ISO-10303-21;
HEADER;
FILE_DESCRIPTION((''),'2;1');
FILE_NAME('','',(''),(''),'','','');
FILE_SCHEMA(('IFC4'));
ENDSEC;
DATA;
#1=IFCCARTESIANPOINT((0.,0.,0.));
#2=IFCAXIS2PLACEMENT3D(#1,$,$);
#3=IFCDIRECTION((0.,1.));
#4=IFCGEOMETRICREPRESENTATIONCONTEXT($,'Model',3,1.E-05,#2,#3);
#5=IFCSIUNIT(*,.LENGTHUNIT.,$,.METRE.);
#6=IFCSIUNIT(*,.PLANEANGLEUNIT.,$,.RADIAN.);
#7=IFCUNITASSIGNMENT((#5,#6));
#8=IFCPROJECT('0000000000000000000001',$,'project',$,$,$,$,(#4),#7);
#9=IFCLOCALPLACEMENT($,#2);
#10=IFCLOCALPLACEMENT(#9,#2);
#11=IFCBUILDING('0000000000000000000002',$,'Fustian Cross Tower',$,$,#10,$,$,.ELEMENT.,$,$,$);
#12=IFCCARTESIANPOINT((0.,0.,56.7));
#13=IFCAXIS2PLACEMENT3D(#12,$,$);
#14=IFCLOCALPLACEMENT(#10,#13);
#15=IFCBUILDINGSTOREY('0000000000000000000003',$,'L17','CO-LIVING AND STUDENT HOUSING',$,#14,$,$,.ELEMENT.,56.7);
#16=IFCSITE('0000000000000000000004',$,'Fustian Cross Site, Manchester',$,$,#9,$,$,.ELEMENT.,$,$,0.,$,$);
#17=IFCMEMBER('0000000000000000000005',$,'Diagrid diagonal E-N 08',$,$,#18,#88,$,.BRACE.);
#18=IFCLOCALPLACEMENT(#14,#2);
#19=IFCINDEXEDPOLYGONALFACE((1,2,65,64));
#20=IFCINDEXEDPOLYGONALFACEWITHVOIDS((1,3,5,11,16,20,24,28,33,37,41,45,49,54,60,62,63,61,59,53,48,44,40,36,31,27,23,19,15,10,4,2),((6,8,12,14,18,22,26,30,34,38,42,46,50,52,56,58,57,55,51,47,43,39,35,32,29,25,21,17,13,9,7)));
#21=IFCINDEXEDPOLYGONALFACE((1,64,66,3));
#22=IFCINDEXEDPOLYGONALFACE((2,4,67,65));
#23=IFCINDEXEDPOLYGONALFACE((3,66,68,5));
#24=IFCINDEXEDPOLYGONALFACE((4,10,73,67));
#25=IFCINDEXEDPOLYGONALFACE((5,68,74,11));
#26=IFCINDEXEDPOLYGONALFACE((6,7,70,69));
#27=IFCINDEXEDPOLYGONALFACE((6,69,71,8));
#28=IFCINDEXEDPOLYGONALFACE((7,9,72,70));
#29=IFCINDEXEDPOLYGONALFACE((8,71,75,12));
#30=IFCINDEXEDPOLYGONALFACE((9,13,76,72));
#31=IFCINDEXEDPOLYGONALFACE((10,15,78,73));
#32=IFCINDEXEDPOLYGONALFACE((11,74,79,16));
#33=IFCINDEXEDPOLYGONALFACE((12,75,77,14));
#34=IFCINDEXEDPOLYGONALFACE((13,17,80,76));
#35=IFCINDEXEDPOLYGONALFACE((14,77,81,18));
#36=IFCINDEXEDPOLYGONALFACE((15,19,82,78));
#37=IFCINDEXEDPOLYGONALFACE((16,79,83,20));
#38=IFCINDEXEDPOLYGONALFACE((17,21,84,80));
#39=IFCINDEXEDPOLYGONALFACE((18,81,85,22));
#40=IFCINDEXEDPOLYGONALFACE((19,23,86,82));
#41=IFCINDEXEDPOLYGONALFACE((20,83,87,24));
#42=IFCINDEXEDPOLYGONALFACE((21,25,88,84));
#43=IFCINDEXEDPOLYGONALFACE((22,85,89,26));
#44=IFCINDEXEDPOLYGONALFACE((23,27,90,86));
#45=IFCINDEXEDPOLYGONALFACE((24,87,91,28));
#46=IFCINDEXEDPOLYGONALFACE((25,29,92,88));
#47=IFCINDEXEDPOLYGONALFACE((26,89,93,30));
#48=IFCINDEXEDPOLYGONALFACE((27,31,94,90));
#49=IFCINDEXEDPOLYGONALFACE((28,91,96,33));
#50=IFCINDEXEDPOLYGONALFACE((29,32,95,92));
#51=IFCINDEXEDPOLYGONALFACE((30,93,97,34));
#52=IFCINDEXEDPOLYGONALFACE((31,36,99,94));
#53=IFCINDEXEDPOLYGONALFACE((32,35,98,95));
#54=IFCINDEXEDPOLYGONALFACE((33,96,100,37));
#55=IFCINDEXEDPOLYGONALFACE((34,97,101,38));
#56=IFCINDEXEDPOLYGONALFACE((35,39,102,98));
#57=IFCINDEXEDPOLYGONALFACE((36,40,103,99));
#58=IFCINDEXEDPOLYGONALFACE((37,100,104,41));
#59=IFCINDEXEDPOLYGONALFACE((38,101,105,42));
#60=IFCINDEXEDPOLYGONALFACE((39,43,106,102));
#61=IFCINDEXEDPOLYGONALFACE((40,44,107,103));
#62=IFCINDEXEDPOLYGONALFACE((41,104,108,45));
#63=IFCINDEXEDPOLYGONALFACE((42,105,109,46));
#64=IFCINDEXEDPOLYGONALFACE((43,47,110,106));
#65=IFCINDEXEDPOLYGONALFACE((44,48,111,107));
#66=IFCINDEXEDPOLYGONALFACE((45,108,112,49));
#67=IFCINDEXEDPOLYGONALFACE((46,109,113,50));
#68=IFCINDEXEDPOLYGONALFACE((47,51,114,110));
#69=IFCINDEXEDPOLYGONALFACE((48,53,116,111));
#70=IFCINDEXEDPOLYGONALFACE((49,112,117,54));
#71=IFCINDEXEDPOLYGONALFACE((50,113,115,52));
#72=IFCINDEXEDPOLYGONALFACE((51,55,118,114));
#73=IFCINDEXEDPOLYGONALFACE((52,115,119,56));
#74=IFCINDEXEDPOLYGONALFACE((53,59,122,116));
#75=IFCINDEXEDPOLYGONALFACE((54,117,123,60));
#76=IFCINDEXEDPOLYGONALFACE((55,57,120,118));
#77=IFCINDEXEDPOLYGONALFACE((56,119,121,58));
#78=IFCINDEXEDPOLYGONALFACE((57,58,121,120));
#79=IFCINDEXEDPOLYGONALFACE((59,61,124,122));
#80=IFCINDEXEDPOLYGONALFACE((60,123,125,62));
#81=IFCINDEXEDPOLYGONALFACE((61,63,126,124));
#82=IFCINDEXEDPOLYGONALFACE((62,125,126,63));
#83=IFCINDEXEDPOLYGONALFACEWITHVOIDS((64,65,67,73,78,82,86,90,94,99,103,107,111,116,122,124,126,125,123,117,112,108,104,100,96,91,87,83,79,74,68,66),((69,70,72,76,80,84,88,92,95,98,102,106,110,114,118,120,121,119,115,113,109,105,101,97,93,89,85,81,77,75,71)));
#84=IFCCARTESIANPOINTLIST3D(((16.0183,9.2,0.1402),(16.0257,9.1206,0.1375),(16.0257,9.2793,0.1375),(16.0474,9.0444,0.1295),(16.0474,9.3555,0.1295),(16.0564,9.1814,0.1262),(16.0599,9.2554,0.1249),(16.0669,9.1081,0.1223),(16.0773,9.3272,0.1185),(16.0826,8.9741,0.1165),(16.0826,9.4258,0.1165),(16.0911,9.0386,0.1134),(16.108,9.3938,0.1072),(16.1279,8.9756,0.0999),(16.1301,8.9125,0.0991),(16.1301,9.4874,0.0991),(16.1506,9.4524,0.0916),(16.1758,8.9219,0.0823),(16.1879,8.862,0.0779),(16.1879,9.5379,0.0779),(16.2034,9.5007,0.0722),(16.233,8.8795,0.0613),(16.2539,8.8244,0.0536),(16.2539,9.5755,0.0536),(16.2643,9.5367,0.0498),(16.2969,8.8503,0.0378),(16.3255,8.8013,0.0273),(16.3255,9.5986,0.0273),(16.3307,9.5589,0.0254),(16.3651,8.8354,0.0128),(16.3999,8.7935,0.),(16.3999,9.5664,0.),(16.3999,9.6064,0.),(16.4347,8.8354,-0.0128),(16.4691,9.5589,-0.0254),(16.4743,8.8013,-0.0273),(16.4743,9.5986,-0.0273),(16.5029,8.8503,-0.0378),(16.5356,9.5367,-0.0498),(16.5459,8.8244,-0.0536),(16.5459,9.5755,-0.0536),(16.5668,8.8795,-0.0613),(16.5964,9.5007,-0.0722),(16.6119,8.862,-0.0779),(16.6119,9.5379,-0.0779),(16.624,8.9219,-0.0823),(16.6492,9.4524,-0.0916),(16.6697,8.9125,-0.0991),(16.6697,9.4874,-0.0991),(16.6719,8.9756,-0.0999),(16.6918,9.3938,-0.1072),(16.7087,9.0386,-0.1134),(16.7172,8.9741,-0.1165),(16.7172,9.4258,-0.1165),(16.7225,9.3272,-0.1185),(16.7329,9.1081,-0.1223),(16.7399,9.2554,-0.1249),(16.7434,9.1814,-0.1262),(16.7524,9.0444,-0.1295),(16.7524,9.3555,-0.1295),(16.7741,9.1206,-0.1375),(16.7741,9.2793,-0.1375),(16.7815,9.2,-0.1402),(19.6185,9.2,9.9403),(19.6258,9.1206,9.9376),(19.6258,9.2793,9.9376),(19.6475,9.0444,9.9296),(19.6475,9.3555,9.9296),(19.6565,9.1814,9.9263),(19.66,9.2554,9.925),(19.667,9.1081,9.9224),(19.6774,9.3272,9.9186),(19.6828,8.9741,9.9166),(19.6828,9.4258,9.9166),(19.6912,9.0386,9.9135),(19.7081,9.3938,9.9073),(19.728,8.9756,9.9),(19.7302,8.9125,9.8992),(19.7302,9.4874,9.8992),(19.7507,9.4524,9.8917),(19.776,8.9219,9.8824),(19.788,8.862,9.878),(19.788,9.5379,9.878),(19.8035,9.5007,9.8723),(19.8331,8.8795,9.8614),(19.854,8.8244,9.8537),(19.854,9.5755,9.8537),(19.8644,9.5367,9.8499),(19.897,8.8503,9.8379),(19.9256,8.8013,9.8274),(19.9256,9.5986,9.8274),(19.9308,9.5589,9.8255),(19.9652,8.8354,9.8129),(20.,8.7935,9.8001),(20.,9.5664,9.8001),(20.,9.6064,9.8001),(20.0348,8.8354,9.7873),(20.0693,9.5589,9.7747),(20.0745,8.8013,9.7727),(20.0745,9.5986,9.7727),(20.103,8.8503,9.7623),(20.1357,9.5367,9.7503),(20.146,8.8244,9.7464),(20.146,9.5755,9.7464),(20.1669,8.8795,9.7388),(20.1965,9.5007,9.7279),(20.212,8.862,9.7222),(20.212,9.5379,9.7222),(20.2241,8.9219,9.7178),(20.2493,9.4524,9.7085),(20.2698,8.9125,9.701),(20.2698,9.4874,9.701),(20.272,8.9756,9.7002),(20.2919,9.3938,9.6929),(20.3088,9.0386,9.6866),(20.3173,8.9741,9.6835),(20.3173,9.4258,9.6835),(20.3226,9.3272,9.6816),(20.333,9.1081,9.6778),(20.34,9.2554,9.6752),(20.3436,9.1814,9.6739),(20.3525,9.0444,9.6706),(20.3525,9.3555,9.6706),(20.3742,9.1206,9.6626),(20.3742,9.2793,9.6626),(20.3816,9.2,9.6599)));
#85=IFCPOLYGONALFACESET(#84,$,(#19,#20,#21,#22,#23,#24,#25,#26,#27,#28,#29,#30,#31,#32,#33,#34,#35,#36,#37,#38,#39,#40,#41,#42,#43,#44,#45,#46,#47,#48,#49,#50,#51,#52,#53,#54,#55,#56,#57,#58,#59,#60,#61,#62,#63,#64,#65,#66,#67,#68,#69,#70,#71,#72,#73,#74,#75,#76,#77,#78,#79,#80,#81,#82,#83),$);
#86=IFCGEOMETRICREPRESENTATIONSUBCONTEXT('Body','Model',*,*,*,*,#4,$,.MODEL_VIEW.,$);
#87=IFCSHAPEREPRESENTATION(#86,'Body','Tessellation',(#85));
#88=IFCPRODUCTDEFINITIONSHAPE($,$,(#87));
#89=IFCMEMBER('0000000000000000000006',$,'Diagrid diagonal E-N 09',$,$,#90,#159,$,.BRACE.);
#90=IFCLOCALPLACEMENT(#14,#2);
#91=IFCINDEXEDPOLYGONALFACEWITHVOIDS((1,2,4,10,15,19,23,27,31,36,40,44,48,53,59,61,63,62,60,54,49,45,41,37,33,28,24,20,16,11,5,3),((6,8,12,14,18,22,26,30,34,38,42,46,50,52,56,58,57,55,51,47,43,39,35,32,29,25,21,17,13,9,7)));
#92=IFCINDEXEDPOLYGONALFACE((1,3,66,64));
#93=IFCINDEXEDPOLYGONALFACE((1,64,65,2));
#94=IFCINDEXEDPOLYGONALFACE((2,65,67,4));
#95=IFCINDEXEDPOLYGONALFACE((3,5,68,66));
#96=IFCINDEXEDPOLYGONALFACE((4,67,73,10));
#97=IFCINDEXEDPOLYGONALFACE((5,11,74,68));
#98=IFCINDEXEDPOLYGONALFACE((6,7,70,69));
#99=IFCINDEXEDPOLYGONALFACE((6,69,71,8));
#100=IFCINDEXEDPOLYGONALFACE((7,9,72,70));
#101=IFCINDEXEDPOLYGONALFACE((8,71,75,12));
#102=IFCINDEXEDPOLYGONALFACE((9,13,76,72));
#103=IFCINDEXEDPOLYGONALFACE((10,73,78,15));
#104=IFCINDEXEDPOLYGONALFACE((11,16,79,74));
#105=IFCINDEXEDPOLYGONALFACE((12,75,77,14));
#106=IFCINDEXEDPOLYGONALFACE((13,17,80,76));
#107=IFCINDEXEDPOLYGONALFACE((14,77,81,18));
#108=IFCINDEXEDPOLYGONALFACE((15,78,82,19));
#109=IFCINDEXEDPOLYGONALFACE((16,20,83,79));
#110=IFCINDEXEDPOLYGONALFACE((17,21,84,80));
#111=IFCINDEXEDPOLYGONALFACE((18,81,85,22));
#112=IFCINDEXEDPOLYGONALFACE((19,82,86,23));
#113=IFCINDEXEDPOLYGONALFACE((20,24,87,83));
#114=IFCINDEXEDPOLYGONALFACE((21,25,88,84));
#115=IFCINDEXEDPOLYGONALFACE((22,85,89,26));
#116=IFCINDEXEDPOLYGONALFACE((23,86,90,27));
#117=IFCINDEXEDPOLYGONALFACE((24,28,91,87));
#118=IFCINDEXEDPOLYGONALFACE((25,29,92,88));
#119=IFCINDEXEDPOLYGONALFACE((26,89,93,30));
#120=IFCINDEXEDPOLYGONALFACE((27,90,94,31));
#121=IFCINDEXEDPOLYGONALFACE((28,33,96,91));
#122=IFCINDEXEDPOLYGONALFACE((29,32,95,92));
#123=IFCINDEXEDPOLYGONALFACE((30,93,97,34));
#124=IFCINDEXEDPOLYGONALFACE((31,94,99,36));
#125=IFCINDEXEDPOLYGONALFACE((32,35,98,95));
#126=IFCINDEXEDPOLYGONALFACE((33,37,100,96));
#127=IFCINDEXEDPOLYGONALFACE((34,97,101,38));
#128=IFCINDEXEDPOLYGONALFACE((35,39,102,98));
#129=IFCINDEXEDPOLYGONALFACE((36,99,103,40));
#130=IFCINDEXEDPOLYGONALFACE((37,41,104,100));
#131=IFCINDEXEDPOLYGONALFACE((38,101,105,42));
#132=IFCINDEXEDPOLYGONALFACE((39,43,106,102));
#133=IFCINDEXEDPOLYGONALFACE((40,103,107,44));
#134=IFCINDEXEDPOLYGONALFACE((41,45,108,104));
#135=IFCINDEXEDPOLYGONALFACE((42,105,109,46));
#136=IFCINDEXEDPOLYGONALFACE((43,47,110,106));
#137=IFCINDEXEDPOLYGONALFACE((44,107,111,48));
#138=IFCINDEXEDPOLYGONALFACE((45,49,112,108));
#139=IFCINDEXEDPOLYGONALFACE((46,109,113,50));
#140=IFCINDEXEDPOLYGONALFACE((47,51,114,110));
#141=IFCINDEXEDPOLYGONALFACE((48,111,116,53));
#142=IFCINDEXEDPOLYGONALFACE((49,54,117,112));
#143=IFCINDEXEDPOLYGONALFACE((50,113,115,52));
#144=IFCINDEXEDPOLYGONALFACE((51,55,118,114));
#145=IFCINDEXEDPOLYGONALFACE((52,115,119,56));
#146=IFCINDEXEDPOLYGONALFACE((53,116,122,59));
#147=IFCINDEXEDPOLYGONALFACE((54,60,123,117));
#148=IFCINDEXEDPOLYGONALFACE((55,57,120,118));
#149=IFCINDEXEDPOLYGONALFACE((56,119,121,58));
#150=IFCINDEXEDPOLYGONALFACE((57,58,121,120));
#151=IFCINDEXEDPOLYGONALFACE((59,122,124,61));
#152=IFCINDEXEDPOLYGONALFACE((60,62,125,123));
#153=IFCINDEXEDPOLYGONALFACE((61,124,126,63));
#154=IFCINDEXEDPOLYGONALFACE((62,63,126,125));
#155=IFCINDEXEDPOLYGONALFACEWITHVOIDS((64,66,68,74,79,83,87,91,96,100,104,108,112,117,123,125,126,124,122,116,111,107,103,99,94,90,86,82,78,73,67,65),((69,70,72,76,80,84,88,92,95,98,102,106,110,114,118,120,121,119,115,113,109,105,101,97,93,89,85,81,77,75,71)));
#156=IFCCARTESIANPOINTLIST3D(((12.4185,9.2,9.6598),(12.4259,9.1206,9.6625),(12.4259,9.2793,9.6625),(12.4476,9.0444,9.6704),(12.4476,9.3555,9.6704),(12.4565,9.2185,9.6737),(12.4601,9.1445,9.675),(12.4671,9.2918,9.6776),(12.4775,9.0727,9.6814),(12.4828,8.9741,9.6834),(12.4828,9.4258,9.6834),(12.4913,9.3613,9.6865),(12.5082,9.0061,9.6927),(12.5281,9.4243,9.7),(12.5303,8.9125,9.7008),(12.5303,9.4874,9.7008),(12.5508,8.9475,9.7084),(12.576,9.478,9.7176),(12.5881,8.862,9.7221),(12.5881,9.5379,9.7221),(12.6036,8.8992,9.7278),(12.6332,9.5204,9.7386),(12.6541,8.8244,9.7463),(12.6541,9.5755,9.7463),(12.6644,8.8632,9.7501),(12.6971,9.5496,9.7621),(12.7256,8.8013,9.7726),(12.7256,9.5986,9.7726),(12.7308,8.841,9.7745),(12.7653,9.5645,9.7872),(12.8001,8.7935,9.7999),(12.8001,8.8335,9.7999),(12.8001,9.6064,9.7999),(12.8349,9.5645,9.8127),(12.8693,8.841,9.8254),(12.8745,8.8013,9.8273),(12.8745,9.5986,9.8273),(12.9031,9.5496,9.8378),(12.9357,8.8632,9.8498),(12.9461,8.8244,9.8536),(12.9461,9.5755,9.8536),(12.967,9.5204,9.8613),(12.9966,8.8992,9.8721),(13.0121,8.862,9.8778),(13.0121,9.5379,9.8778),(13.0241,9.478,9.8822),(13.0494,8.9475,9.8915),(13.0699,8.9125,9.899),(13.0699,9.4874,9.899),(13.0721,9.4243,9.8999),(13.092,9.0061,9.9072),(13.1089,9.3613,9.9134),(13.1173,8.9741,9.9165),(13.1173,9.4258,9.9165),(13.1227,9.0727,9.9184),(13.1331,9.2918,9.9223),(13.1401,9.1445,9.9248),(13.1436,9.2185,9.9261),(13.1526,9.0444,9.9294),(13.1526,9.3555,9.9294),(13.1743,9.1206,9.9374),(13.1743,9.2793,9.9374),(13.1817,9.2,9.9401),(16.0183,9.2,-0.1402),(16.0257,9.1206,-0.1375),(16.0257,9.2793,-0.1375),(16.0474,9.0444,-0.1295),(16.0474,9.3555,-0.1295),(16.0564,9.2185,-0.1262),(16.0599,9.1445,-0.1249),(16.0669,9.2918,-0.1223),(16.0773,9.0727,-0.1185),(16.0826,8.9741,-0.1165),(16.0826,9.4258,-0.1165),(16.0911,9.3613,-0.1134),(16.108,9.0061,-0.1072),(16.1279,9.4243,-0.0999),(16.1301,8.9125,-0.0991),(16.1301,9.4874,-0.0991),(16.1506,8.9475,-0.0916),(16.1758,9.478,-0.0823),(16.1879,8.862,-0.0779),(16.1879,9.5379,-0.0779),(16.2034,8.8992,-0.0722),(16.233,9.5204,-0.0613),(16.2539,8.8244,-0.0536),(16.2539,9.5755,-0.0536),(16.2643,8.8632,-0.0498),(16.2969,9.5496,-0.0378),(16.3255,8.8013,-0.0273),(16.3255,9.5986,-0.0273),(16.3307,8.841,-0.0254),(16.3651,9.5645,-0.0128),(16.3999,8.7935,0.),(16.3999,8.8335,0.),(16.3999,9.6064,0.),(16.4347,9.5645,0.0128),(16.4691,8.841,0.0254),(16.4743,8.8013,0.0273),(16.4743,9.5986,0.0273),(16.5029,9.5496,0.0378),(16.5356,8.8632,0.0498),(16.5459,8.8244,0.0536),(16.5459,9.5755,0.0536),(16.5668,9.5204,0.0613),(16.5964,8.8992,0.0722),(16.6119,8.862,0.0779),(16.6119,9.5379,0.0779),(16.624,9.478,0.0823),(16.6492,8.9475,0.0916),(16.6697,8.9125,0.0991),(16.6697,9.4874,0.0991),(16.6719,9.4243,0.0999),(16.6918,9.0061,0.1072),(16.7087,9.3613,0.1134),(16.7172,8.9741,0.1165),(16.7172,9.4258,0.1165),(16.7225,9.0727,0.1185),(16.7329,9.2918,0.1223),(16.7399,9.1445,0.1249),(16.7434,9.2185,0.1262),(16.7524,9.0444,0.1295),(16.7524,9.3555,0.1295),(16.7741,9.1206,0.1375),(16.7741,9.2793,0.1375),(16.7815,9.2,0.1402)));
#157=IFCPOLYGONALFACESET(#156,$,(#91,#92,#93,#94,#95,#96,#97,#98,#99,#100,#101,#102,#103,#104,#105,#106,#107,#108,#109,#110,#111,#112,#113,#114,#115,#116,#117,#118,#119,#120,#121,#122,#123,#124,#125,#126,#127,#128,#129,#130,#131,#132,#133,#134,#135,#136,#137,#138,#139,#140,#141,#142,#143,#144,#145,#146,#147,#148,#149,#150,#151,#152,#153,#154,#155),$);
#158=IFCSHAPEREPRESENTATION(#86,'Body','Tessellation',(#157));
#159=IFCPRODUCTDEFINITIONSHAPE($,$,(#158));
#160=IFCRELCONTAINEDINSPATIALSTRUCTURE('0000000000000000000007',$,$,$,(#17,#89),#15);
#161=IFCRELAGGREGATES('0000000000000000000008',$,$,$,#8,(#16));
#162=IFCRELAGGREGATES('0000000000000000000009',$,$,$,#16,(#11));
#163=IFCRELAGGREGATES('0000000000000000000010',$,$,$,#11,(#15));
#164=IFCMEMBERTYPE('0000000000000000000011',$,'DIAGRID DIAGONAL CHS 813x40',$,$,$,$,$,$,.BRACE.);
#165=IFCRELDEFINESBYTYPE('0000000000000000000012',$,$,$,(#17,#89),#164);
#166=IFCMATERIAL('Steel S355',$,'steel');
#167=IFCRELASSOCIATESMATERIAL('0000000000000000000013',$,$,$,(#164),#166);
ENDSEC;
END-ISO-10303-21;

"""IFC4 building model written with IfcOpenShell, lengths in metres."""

from ifc_helpers import new_model, si_unit, direction, frame, origin, origin_2d, place, context, subcontext, project, spatial, hollow_circle, extrude, material, material_profile, profile_set, type_object, element, save


model = new_model("IFC4")

# Units and contexts
model_context = context("Model", 3, precision=1e-05, world=origin(), true_north=direction((0.0, 1.0)))
body_context = subcontext(model_context, "Body", "Model", "MODEL_VIEW")
ifc_project = project(units=[si_unit("LENGTHUNIT", "METRE"), si_unit("PLANEANGLEUNIT", "RADIAN")], contexts=[model_context])

# Site, building, storey
site_placement = place(None, origin())
site = spatial("IfcSite", under=ifc_project, at=site_placement, Name="Fustian Cross Site, Manchester", CompositionType="ELEMENT", RefElevation=0.0)
building_placement = place(site_placement, origin())
building = spatial("IfcBuilding", under=site, at=building_placement, Name="Fustian Cross Tower", CompositionType="ELEMENT")
storey_placement = place(building_placement, frame((0.0, 0.0, 56.7)))
storey = spatial("IfcBuildingStorey", under=building, at=storey_placement, Name="L17", Description="CO-LIVING AND STUDENT HOUSING", CompositionType="ELEMENT", Elevation=56.7)

# Members
ifc_material_1 = material(Name="Steel S355", Category="steel")
ifc_material_profile_1 = material_profile(ifc_material_1, hollow_circle(Radius=0.4065, WallThickness=0.04, at=origin_2d()), Name="CHS 813x40")
ifc_profile_set_1 = profile_set([ifc_material_profile_1], Name="Steel S355")
member_type_1 = type_object("IfcMemberType", Name="DIAGRID DIAGONAL CHS 813x40", PredefinedType="BRACE", material=ifc_profile_set_1)
for number, where, z_axis, x_axis, name in (
    (1, (16.3999, 9.2, 0.0), (0.344824, 0.0, 0.938667), (0.0, 1.0, 0.0), "Diagrid diagonal E-N 08"),
):
    element("IfcMember", number, at=place(storey_placement, frame(where, z_axis=z_axis, x_axis=x_axis)), inside=storey, type_object=member_type_1, Name=name, PredefinedType="BRACE", context=body_context, shape_type="SweptSolid", body=[
        extrude(hollow_circle(Radius=0.4065, WallThickness=0.04, at=origin_2d()), origin(), (0.0, 0.0, 1.0), 10.4404),
    ])
for number, where, z_axis, x_axis, name in (
    (2, (16.3999, 9.2, 0.0), (-0.344804, 0.0, 0.938675), (0.0, -1.0, 0.0), "Diagrid diagonal E-N 09"),
):
    element("IfcMember", number, at=place(storey_placement, frame(where, z_axis=z_axis, x_axis=x_axis)), inside=storey, type_object=member_type_1, Name=name, PredefinedType="BRACE", context=body_context, shape_type="SweptSolid", body=[
        extrude(hollow_circle(Radius=0.4065, WallThickness=0.04, at=origin_2d()), origin(), (0.0, 0.0, 1.0), 10.4402),
    ])

save(model, "model.ifc")
